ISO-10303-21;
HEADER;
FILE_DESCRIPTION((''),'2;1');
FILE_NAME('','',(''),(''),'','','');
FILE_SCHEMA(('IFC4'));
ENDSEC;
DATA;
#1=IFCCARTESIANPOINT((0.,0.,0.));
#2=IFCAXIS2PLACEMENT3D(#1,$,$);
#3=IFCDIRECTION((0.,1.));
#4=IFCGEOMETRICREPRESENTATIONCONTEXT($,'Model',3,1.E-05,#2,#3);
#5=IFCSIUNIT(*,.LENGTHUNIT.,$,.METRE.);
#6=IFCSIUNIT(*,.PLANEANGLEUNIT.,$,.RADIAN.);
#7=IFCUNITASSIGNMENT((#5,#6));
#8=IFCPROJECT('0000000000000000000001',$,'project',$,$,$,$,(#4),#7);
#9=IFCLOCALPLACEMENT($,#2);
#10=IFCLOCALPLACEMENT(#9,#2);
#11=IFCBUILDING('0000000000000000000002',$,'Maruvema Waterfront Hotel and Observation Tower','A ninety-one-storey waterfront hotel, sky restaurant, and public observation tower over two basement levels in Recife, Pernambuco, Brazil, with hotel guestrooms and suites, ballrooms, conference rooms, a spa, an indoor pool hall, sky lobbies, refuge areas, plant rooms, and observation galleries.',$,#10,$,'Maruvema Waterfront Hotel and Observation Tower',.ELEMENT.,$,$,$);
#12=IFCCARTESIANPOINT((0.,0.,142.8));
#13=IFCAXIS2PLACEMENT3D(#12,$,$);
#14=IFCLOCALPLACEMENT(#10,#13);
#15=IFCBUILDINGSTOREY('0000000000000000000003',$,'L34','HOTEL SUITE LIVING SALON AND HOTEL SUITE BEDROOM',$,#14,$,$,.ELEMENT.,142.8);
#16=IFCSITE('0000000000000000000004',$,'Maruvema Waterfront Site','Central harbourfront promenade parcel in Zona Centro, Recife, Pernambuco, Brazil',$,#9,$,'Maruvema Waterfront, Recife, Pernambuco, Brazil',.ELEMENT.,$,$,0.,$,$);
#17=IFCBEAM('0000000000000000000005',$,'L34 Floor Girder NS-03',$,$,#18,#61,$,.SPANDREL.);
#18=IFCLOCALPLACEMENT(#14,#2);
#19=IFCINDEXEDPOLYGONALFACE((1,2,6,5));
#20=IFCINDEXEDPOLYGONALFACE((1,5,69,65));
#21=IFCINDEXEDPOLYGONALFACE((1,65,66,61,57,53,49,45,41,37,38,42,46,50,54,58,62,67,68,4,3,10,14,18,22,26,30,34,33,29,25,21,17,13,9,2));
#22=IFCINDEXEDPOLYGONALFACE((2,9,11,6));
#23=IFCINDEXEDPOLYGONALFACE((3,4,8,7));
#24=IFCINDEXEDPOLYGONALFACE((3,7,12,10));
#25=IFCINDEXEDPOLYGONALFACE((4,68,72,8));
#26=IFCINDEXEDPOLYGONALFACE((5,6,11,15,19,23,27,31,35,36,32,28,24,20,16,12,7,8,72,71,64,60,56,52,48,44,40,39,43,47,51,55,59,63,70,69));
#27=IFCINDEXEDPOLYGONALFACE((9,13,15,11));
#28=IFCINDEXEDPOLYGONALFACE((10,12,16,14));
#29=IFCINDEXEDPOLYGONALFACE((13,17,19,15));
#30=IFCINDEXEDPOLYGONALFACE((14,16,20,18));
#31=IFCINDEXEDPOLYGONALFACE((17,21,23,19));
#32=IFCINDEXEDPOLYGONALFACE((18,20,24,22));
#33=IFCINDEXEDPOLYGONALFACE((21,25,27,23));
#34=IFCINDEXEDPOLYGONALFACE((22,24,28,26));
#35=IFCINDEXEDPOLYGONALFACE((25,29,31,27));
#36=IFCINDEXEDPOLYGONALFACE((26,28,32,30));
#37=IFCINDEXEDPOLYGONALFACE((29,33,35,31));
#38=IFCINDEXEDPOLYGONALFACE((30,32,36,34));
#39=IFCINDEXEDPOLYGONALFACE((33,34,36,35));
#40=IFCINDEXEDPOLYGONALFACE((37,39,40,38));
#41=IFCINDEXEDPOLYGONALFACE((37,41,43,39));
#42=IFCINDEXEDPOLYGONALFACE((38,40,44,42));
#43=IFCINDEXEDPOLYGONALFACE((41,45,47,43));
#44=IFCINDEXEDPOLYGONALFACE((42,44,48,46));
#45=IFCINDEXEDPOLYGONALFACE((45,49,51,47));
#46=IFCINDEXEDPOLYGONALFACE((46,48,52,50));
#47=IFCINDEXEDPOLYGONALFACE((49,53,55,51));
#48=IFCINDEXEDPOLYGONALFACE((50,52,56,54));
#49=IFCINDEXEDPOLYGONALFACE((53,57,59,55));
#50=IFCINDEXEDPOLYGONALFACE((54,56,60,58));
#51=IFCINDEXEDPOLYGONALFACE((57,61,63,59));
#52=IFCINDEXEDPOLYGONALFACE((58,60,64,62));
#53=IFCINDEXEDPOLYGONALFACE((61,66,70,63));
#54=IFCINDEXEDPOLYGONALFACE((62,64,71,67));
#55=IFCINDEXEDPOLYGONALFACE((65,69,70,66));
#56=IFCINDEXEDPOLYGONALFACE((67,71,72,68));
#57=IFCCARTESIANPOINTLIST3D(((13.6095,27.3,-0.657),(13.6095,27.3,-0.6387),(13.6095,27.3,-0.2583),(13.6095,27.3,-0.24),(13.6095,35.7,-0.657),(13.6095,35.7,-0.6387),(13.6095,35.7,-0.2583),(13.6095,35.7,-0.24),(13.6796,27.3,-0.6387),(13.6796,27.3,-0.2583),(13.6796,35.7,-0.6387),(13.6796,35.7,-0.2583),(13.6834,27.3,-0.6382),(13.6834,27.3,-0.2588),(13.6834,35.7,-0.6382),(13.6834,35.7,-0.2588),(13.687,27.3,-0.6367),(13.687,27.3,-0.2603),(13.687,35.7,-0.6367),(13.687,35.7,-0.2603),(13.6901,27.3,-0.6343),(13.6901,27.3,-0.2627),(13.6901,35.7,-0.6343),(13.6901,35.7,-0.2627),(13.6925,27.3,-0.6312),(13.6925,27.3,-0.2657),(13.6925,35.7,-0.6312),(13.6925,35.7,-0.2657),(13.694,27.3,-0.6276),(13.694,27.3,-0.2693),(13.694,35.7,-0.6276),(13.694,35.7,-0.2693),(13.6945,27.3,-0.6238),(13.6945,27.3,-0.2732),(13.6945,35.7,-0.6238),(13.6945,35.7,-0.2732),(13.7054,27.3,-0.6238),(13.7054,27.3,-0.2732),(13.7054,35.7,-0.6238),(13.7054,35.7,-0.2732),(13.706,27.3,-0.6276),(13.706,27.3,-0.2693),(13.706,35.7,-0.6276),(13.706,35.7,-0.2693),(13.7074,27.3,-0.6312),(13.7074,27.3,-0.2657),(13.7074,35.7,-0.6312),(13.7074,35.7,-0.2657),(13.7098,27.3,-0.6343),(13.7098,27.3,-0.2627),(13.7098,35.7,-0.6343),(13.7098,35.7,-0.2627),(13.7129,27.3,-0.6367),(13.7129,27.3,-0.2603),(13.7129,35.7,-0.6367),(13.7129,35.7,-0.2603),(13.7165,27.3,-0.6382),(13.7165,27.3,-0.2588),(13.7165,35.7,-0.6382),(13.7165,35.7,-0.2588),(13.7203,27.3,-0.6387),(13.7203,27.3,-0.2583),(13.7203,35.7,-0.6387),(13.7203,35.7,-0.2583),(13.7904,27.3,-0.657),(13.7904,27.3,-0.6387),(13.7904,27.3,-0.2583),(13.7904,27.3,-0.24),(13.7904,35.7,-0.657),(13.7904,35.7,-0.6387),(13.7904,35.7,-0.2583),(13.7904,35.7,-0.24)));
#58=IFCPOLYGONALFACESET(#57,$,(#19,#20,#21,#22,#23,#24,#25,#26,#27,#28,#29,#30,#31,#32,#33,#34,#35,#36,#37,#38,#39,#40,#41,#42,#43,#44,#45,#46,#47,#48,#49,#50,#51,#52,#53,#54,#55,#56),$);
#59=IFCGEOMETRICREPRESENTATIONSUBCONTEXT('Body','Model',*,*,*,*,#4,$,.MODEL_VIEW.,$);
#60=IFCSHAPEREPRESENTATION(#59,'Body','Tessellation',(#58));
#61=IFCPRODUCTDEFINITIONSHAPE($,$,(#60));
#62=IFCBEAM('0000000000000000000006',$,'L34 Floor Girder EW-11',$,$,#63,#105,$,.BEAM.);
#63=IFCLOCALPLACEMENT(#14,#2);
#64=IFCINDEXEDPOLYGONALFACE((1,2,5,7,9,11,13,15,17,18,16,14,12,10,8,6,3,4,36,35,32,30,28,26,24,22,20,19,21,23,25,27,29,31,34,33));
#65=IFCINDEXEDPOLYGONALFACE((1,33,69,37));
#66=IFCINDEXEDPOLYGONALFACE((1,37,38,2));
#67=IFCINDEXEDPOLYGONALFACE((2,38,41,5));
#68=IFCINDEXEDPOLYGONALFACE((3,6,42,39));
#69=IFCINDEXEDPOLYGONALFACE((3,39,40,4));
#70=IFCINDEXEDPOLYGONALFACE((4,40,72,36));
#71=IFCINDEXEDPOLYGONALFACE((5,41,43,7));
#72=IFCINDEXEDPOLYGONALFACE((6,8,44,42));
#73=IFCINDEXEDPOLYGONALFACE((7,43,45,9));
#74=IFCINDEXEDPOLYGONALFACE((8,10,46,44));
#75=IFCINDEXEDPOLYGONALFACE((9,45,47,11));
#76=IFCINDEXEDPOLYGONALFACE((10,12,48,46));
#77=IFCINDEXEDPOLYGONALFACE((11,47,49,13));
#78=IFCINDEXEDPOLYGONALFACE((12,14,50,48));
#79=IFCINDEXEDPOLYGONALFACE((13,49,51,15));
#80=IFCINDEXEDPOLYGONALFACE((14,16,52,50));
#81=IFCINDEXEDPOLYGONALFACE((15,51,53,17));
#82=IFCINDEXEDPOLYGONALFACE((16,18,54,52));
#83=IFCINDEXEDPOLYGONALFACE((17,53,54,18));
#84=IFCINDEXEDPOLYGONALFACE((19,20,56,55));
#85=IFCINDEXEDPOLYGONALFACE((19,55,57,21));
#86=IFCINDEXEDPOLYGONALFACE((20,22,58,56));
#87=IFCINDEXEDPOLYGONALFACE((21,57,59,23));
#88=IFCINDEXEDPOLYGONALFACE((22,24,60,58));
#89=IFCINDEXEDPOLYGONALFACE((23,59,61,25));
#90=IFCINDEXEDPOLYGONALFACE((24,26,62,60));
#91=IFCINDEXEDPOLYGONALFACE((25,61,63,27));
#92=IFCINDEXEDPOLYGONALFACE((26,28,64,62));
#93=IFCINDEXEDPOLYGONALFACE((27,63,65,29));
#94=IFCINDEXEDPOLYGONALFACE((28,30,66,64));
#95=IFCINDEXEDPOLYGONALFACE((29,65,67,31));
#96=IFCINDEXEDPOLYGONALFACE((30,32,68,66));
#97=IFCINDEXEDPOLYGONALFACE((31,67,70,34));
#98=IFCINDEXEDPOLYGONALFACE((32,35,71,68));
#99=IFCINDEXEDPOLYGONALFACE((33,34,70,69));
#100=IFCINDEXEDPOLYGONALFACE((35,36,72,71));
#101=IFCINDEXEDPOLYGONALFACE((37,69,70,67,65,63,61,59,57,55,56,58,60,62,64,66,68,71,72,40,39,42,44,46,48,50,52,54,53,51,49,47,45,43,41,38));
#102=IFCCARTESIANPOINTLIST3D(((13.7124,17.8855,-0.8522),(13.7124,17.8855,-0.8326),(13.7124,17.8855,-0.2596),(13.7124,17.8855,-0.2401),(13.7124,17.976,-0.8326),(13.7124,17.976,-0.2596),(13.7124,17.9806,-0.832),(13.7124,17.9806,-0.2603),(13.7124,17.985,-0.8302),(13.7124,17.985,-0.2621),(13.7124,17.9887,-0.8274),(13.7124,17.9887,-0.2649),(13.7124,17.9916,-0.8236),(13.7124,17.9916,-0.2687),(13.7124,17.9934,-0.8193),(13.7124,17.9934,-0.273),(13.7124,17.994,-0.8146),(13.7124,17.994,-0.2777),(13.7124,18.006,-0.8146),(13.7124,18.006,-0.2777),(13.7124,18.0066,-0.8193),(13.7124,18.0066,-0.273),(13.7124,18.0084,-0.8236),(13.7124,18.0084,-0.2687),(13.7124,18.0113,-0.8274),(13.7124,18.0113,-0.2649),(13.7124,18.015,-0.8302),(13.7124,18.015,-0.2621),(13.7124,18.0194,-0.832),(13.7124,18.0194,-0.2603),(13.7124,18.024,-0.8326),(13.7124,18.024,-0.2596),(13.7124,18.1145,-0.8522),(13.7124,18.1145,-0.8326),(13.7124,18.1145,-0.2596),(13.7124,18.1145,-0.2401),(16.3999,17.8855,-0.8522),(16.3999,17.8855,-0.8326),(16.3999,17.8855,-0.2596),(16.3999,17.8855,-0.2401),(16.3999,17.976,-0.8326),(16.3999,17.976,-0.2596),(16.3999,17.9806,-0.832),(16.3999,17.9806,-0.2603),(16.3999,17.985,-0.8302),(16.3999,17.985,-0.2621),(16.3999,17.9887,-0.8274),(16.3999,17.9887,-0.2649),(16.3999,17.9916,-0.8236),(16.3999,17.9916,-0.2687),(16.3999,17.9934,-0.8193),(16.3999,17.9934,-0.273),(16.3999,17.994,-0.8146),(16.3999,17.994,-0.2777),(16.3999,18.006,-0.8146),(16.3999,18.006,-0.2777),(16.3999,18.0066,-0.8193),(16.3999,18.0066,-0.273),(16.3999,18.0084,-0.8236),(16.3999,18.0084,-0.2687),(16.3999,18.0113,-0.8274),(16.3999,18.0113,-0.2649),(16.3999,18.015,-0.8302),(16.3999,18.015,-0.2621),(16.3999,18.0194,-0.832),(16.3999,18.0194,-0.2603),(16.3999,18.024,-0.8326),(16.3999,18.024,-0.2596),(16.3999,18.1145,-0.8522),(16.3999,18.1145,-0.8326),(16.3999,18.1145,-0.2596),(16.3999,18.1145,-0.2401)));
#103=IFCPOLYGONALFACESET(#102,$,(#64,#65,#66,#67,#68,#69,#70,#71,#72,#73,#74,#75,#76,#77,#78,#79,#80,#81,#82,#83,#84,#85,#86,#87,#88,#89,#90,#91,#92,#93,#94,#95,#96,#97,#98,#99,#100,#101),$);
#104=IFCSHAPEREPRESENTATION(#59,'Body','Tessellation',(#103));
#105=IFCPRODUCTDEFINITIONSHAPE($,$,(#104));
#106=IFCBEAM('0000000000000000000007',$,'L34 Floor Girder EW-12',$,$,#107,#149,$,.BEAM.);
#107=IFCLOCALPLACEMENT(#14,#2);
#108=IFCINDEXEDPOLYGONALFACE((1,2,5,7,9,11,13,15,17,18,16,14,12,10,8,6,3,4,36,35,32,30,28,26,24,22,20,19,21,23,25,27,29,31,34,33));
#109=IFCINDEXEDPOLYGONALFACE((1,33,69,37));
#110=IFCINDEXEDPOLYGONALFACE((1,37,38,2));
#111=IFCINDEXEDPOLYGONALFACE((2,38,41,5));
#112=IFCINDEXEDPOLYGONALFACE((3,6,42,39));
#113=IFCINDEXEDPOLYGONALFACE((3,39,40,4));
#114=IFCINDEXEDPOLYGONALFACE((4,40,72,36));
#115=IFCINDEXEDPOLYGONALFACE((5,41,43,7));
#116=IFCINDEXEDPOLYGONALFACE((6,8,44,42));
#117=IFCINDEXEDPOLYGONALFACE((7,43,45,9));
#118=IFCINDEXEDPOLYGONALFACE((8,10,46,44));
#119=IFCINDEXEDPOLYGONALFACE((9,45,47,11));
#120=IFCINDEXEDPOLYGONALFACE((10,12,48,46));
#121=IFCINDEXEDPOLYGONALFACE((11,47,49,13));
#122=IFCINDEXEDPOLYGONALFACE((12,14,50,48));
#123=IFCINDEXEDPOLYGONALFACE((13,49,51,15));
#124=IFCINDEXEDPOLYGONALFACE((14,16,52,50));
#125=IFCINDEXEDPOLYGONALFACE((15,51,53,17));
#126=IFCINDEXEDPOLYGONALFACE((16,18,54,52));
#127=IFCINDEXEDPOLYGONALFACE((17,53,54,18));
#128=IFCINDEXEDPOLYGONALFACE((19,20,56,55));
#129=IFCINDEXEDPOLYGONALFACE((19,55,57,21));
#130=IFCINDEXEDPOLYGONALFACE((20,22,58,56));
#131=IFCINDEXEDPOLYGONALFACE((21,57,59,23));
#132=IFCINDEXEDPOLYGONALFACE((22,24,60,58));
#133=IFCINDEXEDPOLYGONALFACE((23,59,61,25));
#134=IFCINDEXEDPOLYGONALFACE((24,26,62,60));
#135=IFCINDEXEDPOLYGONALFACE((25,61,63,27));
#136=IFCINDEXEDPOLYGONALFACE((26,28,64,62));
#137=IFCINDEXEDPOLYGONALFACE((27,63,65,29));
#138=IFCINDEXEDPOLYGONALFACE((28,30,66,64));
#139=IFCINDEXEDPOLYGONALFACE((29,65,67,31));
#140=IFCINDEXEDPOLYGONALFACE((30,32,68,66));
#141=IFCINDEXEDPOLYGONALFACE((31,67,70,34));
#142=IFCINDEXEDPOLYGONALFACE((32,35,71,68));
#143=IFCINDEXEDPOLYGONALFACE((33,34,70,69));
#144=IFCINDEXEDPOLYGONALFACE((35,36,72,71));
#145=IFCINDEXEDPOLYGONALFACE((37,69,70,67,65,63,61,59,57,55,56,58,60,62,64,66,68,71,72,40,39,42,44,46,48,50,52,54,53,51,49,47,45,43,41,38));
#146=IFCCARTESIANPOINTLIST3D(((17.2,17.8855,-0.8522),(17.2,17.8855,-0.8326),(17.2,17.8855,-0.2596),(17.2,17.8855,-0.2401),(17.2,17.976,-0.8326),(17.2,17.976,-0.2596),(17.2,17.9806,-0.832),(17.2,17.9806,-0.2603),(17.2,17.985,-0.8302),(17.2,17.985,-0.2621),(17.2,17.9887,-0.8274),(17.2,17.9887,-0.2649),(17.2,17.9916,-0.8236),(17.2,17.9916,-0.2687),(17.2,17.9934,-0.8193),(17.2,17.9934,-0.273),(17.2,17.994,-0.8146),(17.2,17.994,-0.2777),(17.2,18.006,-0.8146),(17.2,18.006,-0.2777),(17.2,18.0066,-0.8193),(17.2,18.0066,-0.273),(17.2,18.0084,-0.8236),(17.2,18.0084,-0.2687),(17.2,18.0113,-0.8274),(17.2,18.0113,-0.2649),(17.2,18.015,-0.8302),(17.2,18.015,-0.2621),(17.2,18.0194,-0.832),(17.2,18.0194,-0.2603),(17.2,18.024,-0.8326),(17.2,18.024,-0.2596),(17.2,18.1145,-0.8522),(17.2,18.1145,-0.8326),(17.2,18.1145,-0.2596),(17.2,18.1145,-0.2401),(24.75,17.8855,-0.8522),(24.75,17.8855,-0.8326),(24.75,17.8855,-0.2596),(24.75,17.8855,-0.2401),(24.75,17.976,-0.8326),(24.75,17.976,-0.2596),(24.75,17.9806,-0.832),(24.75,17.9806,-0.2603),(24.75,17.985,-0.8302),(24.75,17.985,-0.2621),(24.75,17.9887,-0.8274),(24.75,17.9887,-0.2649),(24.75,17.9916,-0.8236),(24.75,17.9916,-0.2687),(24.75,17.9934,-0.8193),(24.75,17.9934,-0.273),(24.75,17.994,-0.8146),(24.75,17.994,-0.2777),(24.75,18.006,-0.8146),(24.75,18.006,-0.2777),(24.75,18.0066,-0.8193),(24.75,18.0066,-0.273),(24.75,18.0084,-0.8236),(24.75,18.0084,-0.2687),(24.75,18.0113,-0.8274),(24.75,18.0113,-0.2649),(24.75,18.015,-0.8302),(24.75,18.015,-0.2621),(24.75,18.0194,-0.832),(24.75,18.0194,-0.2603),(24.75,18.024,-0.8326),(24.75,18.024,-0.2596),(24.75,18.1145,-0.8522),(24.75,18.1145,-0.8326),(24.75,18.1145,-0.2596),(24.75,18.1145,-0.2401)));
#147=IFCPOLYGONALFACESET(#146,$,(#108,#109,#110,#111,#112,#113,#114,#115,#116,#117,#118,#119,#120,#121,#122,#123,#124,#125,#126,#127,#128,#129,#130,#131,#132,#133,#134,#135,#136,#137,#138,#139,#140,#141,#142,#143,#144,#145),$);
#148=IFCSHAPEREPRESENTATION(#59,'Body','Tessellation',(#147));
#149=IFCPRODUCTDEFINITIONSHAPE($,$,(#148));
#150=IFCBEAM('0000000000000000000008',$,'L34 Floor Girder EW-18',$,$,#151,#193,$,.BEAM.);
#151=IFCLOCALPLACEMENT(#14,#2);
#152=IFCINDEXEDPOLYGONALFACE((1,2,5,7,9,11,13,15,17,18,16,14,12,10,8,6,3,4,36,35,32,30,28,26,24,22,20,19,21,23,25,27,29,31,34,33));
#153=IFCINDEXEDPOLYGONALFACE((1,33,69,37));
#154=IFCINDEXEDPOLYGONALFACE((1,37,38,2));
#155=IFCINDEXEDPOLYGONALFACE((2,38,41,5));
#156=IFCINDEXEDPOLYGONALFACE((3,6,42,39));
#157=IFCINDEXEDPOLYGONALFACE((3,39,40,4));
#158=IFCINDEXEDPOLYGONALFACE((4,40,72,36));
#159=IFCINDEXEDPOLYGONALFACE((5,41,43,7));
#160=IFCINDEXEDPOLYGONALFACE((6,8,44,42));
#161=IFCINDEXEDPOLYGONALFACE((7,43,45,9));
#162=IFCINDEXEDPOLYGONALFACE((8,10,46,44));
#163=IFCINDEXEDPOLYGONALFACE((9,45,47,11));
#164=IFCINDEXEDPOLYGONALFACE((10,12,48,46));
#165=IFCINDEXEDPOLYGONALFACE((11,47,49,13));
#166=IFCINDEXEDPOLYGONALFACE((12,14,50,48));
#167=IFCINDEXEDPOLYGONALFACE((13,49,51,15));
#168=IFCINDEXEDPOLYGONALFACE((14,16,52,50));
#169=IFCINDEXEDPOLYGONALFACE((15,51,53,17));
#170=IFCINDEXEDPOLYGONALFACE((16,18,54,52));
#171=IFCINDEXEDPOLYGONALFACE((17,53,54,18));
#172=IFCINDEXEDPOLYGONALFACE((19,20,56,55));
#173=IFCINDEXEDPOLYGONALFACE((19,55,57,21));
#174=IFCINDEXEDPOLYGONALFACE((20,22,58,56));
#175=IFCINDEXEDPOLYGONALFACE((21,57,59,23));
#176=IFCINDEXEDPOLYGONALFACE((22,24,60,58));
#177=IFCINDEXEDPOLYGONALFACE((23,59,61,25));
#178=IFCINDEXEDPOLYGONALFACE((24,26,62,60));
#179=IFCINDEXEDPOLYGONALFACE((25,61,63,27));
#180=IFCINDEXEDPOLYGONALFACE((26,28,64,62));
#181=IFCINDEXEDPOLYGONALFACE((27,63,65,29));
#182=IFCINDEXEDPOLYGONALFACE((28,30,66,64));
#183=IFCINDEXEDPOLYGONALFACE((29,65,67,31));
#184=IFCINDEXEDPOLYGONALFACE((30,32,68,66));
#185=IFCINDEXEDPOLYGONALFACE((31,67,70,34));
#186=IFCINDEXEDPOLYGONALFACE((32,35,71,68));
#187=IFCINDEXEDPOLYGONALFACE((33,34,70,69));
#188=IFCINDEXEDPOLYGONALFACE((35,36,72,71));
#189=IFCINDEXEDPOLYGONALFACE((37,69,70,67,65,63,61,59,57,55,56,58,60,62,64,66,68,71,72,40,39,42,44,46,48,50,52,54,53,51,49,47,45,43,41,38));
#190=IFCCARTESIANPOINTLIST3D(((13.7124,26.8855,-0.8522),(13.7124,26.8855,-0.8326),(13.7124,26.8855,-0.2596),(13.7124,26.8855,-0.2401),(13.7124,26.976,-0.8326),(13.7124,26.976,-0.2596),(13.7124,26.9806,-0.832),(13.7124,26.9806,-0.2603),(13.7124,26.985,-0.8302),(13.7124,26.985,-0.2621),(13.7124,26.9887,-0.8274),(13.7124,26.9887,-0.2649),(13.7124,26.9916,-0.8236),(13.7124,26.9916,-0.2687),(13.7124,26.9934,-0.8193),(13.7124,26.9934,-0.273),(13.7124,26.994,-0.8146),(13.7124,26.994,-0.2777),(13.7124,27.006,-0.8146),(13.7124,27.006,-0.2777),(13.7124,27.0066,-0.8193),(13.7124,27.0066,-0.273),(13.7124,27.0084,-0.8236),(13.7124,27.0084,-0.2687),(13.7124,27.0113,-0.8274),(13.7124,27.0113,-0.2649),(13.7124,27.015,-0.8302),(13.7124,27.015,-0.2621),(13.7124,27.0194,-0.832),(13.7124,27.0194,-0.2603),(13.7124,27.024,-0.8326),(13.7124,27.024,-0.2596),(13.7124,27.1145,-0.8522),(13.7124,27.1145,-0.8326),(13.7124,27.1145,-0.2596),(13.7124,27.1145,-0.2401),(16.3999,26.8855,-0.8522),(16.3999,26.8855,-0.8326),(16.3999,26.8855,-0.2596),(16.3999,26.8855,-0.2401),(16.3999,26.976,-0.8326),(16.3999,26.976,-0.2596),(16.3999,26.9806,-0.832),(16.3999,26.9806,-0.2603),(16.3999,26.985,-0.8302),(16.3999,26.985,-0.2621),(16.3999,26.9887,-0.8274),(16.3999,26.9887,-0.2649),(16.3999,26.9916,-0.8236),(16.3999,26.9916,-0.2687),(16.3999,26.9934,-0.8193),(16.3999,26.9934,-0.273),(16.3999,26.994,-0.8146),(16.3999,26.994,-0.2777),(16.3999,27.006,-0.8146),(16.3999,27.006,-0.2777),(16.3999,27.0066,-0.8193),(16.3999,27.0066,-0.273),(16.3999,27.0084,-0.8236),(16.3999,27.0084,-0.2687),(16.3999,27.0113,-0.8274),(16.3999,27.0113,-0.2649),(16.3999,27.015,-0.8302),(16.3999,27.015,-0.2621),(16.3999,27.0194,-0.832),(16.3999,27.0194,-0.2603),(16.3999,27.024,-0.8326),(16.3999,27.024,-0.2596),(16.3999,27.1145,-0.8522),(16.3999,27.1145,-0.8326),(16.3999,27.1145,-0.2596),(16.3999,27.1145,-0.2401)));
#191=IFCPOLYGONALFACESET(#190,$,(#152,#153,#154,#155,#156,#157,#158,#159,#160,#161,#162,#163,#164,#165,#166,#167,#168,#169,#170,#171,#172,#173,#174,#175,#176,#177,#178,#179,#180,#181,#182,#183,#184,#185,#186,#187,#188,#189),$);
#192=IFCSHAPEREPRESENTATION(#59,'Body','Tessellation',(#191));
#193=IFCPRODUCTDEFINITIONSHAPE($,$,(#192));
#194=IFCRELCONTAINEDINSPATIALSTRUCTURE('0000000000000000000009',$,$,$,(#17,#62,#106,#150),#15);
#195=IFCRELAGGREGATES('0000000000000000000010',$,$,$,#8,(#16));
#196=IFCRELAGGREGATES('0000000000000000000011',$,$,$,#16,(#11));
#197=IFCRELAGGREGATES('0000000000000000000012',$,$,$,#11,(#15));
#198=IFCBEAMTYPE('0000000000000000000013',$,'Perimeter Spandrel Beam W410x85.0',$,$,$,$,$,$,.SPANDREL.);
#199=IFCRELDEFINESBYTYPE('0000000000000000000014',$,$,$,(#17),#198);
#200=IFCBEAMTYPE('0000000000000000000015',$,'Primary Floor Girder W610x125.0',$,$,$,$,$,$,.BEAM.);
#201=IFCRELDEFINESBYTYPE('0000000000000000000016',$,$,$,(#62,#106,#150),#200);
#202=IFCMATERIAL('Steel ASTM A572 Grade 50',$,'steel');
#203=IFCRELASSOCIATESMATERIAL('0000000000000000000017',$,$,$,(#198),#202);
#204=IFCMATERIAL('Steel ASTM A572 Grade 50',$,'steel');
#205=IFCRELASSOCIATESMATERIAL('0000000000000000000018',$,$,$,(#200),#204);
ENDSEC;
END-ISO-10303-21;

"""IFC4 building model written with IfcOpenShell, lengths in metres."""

from ifc_helpers import new_model, si_unit, direction, frame, origin, origin_2d, place, context, subcontext, project, spatial, i_section, extrude, material, material_profile, profile_set, type_object, element, save


model = new_model("IFC4")

# Units and contexts
model_context = context("Model", 3, precision=1e-05, world=origin(), true_north=direction((0.0, 1.0)))
body_context = subcontext(model_context, "Body", "Model", "MODEL_VIEW")
ifc_project = project(units=[si_unit("LENGTHUNIT", "METRE"), si_unit("PLANEANGLEUNIT", "RADIAN")], contexts=[model_context])

# Site, building, storey
site_placement = place(None, origin())
site = spatial("IfcSite", under=ifc_project, at=site_placement, Name="Maruvema Waterfront Site", Description="Central harbourfront promenade parcel in Zona Centro, Recife, Pernambuco, Brazil", LongName="Maruvema Waterfront, Recife, Pernambuco, Brazil", CompositionType="ELEMENT", RefElevation=0.0)
building_placement = place(site_placement, origin())
building = spatial("IfcBuilding", under=site, at=building_placement, Name="Maruvema Waterfront Hotel and Observation Tower", Description="A ninety-one-storey waterfront hotel, sky restaurant, and public observation tower over two basement levels in Recife, Pernambuco, Brazil, with hotel guestrooms and suites, ballrooms, conference rooms, a spa, an indoor pool hall, sky lobbies, refuge areas, plant rooms, and observation galleries.", LongName="Maruvema Waterfront Hotel and Observation Tower", CompositionType="ELEMENT")
storey_placement = place(building_placement, frame((0.0, 0.0, 142.8)))
storey = spatial("IfcBuildingStorey", under=building, at=storey_placement, Name="L34", Description="HOTEL SUITE LIVING SALON AND HOTEL SUITE BEDROOM", CompositionType="ELEMENT", Elevation=142.8)

# Beams
ifc_material_1 = material(Name="Steel ASTM A572 Grade 50", Category="steel")
ifc_material_profile_1 = material_profile(ifc_material_1, i_section(OverallWidth=0.1809, OverallDepth=0.417, WebThickness=0.011, FlangeThickness=0.0183, FilletRadius=0.0149, at=origin_2d()), Name="W410x85.0")
ifc_profile_set_1 = profile_set([ifc_material_profile_1], Name="Steel ASTM A572 Grade 50")
beam_type_1 = type_object("IfcBeamType", Name="Perimeter Spandrel Beam W410x85.0", PredefinedType="SPANDREL", material=ifc_profile_set_1)
for number, where, z_axis, x_axis, name in (
    (1, (13.7, 27.3, -0.4485), (0.0, 1.0, 0.0), (-1.0, 0.0, 0.0), "L34 Floor Girder NS-03"),
):
    element("IfcBeam", number, at=place(storey_placement, frame(where, z_axis=z_axis, x_axis=x_axis)), inside=storey, type_object=beam_type_1, Name=name, PredefinedType="SPANDREL", context=body_context, shape_type="SweptSolid", body=[
        extrude(i_section(OverallWidth=0.1809, OverallDepth=0.417, WebThickness=0.011, FlangeThickness=0.0183, FilletRadius=0.0149, at=origin_2d()), origin(), (0.0, 0.0, 1.0), 8.3999),
    ])
ifc_material_2 = material(Name="Steel ASTM A572 Grade 50", Category="steel")
ifc_material_profile_2 = material_profile(ifc_material_2, i_section(OverallWidth=0.229, OverallDepth=0.6121, WebThickness=0.012, FlangeThickness=0.0195, FilletRadius=0.0181, at=origin_2d()), Name="W610x125.0")
ifc_profile_set_2 = profile_set([ifc_material_profile_2], Name="Steel ASTM A572 Grade 50")
beam_type_2 = type_object("IfcBeamType", Name="Primary Floor Girder W610x125.0", PredefinedType="BEAM", material=ifc_profile_set_2)
beam_1_placement = place(storey_placement, frame((13.7124, 18.0, -0.5461), z_axis=(1.0, 0.0, 0.0), x_axis=(0.0, 1.0, 0.0)))
element("IfcBeam", 2, at=beam_1_placement, inside=storey, type_object=beam_type_2, Name="L34 Floor Girder EW-11", PredefinedType="BEAM", context=body_context, shape_type="SweptSolid", body=[
    extrude(i_section(OverallWidth=0.229, OverallDepth=0.6121, WebThickness=0.012, FlangeThickness=0.0195, FilletRadius=0.0181, at=origin_2d()), origin(), (0.0, 0.0, 1.0), 2.6875),
])
beam_2_placement = place(storey_placement, frame((17.2, 18.0, -0.5461), z_axis=(1.0, 0.0, 0.0), x_axis=(0.0, 1.0, 0.0)))
element("IfcBeam", 3, at=beam_2_placement, inside=storey, type_object=beam_type_2, Name="L34 Floor Girder EW-12", PredefinedType="BEAM", context=body_context, shape_type="SweptSolid", body=[
    extrude(i_section(OverallWidth=0.229, OverallDepth=0.6121, WebThickness=0.012, FlangeThickness=0.0195, FilletRadius=0.0181, at=origin_2d()), origin(), (0.0, 0.0, 1.0), 7.55),
])
beam_3_placement = place(storey_placement, frame((13.7124, 27.0, -0.5461), z_axis=(1.0, 0.0, 0.0), x_axis=(0.0, 1.0, 0.0)))
element("IfcBeam", 4, at=beam_3_placement, inside=storey, type_object=beam_type_2, Name="L34 Floor Girder EW-18", PredefinedType="BEAM", context=body_context, shape_type="SweptSolid", body=[
    extrude(i_section(OverallWidth=0.229, OverallDepth=0.6121, WebThickness=0.012, FlangeThickness=0.0195, FilletRadius=0.0181, at=origin_2d()), origin(), (0.0, 0.0, 1.0), 2.6875),
])

save(model, "model.ifc")
